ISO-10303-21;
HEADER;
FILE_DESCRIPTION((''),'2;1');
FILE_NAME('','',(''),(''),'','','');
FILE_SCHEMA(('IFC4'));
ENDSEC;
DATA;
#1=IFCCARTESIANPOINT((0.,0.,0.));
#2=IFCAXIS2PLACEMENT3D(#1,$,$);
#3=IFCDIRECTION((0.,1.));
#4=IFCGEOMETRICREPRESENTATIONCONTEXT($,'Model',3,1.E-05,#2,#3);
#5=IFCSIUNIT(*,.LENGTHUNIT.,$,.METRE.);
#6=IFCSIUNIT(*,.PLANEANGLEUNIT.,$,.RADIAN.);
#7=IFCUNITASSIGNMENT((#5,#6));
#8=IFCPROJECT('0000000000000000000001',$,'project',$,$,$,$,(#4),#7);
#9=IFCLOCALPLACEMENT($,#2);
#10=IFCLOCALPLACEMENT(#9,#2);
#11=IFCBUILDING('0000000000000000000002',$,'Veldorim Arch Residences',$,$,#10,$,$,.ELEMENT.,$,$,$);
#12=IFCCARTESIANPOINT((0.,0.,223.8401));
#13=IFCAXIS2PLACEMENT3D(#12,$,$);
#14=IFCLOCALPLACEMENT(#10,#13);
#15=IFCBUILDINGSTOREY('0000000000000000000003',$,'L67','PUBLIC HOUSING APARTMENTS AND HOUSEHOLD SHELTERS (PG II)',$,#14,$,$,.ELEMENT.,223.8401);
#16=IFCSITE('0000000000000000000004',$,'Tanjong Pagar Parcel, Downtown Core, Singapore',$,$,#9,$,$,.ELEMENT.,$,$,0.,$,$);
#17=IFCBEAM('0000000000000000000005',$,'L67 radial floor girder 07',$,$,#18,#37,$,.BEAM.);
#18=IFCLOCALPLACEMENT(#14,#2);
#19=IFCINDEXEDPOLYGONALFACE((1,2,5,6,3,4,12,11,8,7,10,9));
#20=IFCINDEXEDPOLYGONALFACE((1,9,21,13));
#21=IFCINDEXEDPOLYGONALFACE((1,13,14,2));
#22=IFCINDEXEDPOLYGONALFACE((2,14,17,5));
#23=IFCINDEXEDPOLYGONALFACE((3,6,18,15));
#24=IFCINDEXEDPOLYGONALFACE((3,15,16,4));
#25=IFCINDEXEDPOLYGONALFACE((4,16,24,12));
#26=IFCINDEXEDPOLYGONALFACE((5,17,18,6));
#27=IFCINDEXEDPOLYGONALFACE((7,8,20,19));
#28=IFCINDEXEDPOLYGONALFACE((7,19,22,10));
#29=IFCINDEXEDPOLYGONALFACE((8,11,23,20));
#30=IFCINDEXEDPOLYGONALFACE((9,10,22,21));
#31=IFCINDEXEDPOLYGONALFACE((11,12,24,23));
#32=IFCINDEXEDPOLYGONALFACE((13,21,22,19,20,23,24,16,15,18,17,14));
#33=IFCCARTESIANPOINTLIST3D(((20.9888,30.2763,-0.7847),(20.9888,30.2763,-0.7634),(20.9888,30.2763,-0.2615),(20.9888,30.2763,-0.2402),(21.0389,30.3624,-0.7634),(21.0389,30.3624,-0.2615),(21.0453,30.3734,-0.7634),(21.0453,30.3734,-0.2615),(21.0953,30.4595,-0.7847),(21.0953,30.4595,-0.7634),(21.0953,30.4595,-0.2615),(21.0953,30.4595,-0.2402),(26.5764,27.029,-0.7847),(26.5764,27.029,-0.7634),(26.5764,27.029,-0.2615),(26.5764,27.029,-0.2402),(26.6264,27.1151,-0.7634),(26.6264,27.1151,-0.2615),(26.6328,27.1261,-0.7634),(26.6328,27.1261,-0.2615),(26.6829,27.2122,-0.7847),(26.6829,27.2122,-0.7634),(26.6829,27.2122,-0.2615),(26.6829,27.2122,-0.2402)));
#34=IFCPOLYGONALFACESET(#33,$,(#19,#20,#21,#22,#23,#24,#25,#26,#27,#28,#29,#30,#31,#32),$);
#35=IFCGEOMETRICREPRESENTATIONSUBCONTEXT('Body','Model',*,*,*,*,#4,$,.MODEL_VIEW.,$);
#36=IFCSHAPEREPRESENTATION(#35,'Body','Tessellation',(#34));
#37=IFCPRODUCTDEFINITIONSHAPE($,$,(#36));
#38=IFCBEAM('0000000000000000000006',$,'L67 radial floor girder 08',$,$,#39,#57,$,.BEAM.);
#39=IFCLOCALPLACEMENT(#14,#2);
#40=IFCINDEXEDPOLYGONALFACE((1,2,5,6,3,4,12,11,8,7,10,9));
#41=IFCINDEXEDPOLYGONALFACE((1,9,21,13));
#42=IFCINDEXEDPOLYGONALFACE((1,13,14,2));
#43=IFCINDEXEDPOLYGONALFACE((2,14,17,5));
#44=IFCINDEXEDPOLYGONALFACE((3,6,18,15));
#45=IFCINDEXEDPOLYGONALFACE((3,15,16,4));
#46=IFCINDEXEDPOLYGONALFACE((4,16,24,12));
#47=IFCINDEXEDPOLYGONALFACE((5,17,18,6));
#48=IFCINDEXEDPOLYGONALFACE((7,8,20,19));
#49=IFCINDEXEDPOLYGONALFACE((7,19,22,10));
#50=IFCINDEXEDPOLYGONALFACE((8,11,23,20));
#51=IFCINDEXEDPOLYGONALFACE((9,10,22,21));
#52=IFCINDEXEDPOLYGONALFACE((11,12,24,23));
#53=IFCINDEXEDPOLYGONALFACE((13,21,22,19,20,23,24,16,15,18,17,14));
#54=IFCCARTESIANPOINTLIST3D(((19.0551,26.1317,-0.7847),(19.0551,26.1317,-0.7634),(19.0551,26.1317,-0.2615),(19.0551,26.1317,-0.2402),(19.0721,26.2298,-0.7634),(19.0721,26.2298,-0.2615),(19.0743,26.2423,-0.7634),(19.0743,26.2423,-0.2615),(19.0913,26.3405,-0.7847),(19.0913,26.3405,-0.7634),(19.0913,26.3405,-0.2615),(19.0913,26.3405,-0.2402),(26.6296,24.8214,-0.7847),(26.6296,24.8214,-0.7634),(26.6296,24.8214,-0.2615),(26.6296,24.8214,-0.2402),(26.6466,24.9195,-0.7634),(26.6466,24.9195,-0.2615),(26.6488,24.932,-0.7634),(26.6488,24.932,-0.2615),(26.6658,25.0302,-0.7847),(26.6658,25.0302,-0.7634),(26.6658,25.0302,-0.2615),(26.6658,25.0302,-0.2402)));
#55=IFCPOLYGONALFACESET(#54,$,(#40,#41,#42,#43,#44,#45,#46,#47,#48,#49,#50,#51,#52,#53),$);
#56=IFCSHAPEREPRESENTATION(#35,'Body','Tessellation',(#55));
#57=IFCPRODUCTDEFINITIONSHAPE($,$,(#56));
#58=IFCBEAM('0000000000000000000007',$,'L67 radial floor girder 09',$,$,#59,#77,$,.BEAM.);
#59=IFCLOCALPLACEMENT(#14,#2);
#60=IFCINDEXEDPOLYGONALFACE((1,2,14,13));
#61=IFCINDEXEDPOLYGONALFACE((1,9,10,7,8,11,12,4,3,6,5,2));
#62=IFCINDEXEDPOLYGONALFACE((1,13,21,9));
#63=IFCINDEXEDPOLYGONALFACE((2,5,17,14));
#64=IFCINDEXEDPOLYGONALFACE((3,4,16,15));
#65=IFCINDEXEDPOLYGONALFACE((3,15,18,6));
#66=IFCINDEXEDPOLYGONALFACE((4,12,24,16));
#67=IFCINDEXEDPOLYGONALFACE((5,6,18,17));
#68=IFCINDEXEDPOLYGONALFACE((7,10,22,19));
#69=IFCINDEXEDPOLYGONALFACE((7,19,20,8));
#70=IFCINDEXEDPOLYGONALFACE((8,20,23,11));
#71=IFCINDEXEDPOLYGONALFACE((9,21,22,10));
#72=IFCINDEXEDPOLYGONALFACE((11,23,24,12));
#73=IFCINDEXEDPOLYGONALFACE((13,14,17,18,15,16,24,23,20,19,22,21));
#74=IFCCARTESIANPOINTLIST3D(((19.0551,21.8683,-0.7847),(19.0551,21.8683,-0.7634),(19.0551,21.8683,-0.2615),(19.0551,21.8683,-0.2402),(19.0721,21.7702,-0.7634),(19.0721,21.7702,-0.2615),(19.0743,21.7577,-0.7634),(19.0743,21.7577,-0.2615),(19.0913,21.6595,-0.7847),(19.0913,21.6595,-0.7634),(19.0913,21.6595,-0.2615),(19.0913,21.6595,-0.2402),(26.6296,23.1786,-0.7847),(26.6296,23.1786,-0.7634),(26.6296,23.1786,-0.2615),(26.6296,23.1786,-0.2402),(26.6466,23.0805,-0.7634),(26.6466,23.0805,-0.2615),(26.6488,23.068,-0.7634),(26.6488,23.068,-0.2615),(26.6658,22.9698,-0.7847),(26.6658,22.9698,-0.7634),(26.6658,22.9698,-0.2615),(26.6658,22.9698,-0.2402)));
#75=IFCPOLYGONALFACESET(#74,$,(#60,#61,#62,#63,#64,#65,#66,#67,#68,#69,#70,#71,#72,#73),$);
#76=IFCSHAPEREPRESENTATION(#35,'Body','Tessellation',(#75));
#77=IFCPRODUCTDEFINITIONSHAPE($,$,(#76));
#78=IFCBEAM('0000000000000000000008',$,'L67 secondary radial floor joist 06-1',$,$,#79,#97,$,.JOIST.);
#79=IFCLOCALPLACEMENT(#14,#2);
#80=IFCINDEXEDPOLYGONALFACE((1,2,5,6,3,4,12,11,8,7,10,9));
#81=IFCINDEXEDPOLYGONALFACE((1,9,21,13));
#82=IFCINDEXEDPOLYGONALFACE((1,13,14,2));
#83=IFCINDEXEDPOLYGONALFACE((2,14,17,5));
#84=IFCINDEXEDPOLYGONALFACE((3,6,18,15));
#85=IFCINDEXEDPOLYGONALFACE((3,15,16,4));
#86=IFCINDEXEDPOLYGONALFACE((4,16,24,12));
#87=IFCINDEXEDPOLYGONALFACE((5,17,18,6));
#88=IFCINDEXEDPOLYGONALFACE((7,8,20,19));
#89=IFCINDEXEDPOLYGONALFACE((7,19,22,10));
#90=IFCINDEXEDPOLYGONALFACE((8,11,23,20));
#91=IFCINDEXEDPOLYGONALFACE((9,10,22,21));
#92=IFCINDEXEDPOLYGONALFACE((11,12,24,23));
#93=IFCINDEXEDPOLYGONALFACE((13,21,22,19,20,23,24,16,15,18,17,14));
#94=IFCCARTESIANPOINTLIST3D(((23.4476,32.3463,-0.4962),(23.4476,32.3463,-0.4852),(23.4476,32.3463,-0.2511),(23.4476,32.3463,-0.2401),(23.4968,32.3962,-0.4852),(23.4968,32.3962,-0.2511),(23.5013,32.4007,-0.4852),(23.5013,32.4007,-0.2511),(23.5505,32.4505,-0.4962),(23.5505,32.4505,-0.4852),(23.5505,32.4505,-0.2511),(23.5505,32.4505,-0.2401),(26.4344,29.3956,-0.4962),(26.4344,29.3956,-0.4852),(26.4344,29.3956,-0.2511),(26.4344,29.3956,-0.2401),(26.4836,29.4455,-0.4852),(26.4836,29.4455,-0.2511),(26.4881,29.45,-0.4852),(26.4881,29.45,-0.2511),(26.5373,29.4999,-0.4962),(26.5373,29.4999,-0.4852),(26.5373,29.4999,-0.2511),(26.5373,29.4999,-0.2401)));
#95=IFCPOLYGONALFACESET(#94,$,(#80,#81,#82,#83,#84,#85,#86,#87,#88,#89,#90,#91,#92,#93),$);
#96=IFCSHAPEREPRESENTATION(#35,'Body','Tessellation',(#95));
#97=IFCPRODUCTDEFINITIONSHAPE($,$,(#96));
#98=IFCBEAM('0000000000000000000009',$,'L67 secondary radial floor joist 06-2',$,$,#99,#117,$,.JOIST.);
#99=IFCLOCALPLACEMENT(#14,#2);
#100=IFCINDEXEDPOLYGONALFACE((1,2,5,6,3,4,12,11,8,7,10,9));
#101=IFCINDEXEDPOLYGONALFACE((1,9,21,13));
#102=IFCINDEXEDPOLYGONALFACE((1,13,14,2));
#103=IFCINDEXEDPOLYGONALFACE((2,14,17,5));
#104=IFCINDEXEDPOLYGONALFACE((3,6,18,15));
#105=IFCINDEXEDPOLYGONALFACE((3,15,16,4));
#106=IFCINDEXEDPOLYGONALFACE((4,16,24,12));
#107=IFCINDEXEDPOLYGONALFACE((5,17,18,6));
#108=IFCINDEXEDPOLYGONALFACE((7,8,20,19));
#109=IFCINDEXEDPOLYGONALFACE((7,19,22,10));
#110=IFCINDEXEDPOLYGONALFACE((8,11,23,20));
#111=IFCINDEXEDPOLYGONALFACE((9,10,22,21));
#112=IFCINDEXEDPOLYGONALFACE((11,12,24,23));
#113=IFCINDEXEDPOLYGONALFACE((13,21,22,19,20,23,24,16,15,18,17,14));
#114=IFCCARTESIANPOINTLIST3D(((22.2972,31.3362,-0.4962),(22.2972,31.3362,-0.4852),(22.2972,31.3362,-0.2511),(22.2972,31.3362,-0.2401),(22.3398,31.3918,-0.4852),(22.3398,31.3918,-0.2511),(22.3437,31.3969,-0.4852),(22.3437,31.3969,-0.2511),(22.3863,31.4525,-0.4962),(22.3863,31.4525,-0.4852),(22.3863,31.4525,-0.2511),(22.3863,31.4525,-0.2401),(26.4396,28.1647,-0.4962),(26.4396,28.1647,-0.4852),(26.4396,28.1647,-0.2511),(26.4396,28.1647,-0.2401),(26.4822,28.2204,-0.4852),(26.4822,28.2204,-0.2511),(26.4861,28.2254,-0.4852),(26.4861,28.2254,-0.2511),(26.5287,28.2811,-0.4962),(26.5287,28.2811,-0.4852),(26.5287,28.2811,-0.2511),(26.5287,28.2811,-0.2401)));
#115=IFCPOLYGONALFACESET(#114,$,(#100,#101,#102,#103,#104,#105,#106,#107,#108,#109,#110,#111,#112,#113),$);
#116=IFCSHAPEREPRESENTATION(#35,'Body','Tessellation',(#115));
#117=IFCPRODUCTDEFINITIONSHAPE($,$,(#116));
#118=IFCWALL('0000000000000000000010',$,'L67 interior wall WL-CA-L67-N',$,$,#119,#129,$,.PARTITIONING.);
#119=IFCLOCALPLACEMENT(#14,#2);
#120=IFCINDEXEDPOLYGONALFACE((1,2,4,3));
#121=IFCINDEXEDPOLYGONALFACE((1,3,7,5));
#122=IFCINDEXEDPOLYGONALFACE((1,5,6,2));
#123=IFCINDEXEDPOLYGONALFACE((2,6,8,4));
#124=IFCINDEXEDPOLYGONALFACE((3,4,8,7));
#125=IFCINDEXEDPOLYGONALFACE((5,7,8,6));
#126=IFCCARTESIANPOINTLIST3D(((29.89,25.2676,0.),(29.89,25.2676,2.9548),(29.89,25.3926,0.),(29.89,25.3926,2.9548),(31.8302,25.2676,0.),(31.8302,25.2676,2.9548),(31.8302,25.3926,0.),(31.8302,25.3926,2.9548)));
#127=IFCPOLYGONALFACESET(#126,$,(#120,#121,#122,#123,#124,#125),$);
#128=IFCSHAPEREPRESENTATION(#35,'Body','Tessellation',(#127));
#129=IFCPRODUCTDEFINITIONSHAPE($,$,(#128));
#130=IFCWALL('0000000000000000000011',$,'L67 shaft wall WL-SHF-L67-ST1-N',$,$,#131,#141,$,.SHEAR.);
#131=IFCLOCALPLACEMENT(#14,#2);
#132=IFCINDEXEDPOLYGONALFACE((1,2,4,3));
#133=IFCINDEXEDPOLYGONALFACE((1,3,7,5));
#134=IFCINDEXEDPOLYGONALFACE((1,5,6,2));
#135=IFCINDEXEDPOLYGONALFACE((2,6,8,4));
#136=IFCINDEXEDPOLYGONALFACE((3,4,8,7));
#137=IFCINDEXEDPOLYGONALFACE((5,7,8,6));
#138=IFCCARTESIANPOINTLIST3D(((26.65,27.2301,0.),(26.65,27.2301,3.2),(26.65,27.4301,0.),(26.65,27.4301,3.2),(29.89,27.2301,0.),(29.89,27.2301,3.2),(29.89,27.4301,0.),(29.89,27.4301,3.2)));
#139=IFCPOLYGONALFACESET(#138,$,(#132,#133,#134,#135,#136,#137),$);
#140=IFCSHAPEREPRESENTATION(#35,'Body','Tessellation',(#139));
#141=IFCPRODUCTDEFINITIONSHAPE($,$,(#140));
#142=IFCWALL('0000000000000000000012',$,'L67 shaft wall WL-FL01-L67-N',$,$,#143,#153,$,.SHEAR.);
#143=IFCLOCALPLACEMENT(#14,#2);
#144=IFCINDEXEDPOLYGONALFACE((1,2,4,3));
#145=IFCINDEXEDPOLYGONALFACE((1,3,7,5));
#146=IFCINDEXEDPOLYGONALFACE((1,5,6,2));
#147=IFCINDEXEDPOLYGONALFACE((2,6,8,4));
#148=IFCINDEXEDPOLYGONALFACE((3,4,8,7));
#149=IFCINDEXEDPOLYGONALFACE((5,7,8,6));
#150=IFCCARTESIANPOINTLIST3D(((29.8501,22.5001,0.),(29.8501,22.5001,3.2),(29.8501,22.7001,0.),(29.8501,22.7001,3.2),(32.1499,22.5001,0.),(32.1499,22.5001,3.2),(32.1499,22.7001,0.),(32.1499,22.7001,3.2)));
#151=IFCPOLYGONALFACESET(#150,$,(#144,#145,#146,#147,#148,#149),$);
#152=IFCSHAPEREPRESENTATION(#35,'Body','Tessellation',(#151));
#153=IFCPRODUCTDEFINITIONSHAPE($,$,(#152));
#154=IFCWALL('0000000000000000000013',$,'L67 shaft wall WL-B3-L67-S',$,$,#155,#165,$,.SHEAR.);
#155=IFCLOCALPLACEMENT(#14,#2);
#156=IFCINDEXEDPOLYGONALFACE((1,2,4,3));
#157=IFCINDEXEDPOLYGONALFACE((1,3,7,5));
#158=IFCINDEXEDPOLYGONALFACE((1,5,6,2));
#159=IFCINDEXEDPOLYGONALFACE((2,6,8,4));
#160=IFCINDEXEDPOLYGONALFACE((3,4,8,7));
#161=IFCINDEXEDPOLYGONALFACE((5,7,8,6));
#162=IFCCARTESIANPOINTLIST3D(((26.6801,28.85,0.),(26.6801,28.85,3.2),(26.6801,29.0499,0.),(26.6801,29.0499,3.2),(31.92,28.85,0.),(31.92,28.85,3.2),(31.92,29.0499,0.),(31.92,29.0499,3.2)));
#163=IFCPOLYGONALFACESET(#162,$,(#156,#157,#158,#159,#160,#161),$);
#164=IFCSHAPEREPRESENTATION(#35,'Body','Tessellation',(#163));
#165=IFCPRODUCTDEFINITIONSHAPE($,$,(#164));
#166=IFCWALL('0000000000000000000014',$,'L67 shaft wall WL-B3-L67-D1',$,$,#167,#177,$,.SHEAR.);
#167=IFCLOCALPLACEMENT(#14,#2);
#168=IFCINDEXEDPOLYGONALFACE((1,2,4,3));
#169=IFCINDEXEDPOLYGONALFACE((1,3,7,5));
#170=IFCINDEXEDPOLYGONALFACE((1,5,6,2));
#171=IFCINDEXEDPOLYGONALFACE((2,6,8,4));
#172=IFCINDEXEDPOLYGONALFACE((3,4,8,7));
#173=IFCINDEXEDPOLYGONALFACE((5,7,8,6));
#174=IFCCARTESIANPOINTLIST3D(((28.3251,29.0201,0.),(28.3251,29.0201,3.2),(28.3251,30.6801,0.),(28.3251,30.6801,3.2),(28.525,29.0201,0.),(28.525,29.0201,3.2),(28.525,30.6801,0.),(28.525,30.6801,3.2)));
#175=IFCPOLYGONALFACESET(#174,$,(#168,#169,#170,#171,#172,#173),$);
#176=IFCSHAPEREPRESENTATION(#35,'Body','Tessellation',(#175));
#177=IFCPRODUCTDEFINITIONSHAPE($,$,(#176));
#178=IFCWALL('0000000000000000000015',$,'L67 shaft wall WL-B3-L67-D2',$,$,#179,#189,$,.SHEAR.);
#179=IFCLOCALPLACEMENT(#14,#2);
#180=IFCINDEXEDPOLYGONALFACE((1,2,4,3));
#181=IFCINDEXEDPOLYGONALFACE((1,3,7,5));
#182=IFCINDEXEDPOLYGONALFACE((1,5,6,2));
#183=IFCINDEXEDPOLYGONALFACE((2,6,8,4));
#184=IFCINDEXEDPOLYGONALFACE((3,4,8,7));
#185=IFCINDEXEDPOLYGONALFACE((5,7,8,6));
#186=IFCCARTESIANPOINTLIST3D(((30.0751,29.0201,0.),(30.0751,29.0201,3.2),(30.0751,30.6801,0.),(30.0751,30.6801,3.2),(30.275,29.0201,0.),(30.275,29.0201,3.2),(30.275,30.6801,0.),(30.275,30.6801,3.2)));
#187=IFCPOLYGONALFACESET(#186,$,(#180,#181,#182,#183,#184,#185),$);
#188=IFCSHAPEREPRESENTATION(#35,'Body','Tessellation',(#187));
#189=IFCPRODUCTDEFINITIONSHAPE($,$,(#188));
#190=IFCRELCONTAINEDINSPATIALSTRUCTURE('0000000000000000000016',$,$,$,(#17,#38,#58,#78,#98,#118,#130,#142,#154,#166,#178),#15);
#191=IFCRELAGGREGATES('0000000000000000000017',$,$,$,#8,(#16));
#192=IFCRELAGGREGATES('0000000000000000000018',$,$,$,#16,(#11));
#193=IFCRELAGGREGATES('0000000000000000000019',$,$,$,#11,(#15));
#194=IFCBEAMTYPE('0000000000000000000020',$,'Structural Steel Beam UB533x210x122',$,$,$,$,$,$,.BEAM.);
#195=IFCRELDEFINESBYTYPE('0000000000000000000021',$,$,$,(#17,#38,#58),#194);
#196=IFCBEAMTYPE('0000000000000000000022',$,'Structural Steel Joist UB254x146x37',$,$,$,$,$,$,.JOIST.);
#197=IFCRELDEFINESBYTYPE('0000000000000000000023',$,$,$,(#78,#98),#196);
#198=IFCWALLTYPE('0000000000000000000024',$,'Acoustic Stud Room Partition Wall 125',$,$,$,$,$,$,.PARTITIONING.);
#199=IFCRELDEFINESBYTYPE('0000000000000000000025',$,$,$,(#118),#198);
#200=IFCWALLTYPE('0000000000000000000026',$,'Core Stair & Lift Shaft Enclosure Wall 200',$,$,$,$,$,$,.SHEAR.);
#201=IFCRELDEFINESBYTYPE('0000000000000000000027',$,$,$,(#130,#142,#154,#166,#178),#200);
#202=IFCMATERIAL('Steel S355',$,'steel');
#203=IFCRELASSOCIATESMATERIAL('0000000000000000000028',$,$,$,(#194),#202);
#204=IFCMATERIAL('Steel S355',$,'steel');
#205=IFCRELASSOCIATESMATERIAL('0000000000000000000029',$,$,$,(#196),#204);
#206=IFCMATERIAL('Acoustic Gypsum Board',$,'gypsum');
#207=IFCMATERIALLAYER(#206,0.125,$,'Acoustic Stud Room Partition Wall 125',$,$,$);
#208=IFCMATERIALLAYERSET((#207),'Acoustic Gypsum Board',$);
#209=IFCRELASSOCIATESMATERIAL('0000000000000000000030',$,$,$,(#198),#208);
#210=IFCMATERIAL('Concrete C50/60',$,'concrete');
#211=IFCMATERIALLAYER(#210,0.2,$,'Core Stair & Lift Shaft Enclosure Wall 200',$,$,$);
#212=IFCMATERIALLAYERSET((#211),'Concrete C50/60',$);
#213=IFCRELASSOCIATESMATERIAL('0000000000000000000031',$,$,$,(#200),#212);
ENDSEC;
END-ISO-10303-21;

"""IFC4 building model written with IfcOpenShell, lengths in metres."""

from ifc_helpers import new_model, si_unit, direction, frame, frame_2d, origin, origin_2d, place, context, subcontext, project, spatial, rectangle, i_section, extrude, material, layer, layer_set, material_profile, profile_set, type_object, element, save


model = new_model("IFC4")

# Units and contexts
model_context = context("Model", 3, precision=1e-05, world=origin(), true_north=direction((0.0, 1.0)))
body_context = subcontext(model_context, "Body", "Model", "MODEL_VIEW")
ifc_project = project(units=[si_unit("LENGTHUNIT", "METRE"), si_unit("PLANEANGLEUNIT", "RADIAN")], contexts=[model_context])

# Site, building, storey
site_placement = place(None, origin())
site = spatial("IfcSite", under=ifc_project, at=site_placement, Name="Tanjong Pagar Parcel, Downtown Core, Singapore", CompositionType="ELEMENT", RefElevation=0.0)
building_placement = place(site_placement, origin())
building = spatial("IfcBuilding", under=site, at=building_placement, Name="Veldorim Arch Residences", CompositionType="ELEMENT")
storey_placement = place(building_placement, frame((0.0, 0.0, 223.8401)))
storey = spatial("IfcBuildingStorey", under=building, at=storey_placement, Name="L67", Description="PUBLIC HOUSING APARTMENTS AND HOUSEHOLD SHELTERS (PG II)", CompositionType="ELEMENT", Elevation=223.8401)

# Beams
ifc_material_1 = material(Name="Steel S355", Category="steel")
ifc_material_profile_1 = material_profile(ifc_material_1, i_section(OverallWidth=0.2119, OverallDepth=0.5444, WebThickness=0.0127, FlangeThickness=0.0212, at=origin_2d()), Name="UB533x210x122")
ifc_profile_set_1 = profile_set([ifc_material_profile_1], Name="Steel S355")
beam_type_1 = type_object("IfcBeamType", Name="Structural Steel Beam UB533x210x122", PredefinedType="BEAM", material=ifc_profile_set_1)
beam_1_placement = place(storey_placement, frame((26.6296, 27.1206, -0.5125), z_axis=(-0.864596, 0.502468, 0.0), x_axis=(-0.502468, -0.864596, 0.0)))
element("IfcBeam", 1, at=beam_1_placement, inside=storey, type_object=beam_type_1, Name="L67 radial floor girder 07", PredefinedType="BEAM", context=body_context, shape_type="SweptSolid", body=[
    extrude(i_section(OverallWidth=0.2119, OverallDepth=0.5444, WebThickness=0.0127, FlangeThickness=0.0212, at=origin_2d()), origin(), (0.0, 0.0, 1.0), 6.4626),
])
for number, where, z_axis, x_axis, name in (
    (2, (26.6477, 24.9258, -0.5125), (-0.985365, 0.170458, 0.0), (-0.170458, -0.985365, 0.0), "L67 radial floor girder 08"),
    (3, (26.6477, 23.0742, -0.5125), (-0.985365, -0.170458, 0.0), (0.170458, -0.985365, 0.0), "L67 radial floor girder 09"),
):
    element("IfcBeam", number, at=place(storey_placement, frame(where, z_axis=z_axis, x_axis=x_axis)), inside=storey, type_object=beam_type_1, Name=name, PredefinedType="BEAM", context=body_context, shape_type="SweptSolid", body=[
        extrude(i_section(OverallWidth=0.2119, OverallDepth=0.5444, WebThickness=0.0127, FlangeThickness=0.0212, at=origin_2d()), origin(), (0.0, 0.0, 1.0), 7.687),
    ])
ifc_material_2 = material(Name="Steel S355", Category="steel")
ifc_material_profile_2 = material_profile(ifc_material_2, i_section(OverallWidth=0.1465, OverallDepth=0.2561, WebThickness=0.0063, FlangeThickness=0.011, at=origin_2d()), Name="UB254x146x37")
ifc_profile_set_2 = profile_set([ifc_material_profile_2], Name="Steel S355")
beam_type_2 = type_object("IfcBeamType", Name="Structural Steel Joist UB254x146x37", PredefinedType="JOIST", material=ifc_profile_set_2)
beam_2_placement = place(storey_placement, frame((26.4858, 29.4478, -0.3682), z_axis=(-0.711397, 0.702791, 0.0), x_axis=(-0.702791, -0.711397, 0.0)))
element("IfcBeam", 4, at=beam_2_placement, inside=storey, type_object=beam_type_2, Name="L67 secondary radial floor joist 06-1", PredefinedType="JOIST", context=body_context, shape_type="SweptSolid", body=[
    extrude(i_section(OverallWidth=0.1465, OverallDepth=0.2561, WebThickness=0.0063, FlangeThickness=0.011, at=origin_2d()), origin(), (0.0, 0.0, 1.0), 4.1985),
])
beam_3_placement = place(storey_placement, frame((26.4841, 28.2229, -0.3682), z_axis=(-0.794014, 0.6079, 0.0), x_axis=(-0.6079, -0.794014, 0.0)))
element("IfcBeam", 5, at=beam_3_placement, inside=storey, type_object=beam_type_2, Name="L67 secondary radial floor joist 06-2", PredefinedType="JOIST", context=body_context, shape_type="SweptSolid", body=[
    extrude(i_section(OverallWidth=0.1465, OverallDepth=0.2561, WebThickness=0.0063, FlangeThickness=0.011, at=origin_2d()), origin(), (0.0, 0.0, 1.0), 5.217),
])

# Walls
ifc_material_3 = material(Name="Acoustic Gypsum Board", Category="gypsum")
ifc_layer_1 = layer(ifc_material_3, 0.125, Name="Acoustic Stud Room Partition Wall 125")
ifc_layer_set_1 = layer_set([ifc_layer_1], Name="Acoustic Gypsum Board")
wall_type_1 = type_object("IfcWallType", Name="Acoustic Stud Room Partition Wall 125", PredefinedType="PARTITIONING", material=ifc_layer_set_1)
wall_1_placement = place(storey_placement, frame((29.8899, 25.3301, 0.0), z_axis=(0.0, 0.0, 1.0), x_axis=(1.0, 0.0, 0.0)))
element("IfcWall", 6, at=wall_1_placement, inside=storey, type_object=wall_type_1, Name="L67 interior wall WL-CA-L67-N", PredefinedType="PARTITIONING", context=body_context, shape_type="SweptSolid", body=[
    extrude(rectangle(XDim=1.9402, YDim=0.125, at=frame_2d((0.9702, 0.0))), origin(), (0.0, 0.0, 1.0), 2.9548),
])
ifc_material_4 = material(Name="Concrete C50/60", Category="concrete")
ifc_layer_2 = layer(ifc_material_4, 0.2, Name="Core Stair & Lift Shaft Enclosure Wall 200")
ifc_layer_set_2 = layer_set([ifc_layer_2], Name="Concrete C50/60")
wall_type_2 = type_object("IfcWallType", Name="Core Stair & Lift Shaft Enclosure Wall 200", PredefinedType="SHEAR", material=ifc_layer_set_2)
wall_2_placement = place(storey_placement, frame((26.6499, 27.3301, 0.0), z_axis=(0.0, 0.0, 1.0), x_axis=(1.0, 0.0, 0.0)))
element("IfcWall", 7, at=wall_2_placement, inside=storey, type_object=wall_type_2, Name="L67 shaft wall WL-SHF-L67-ST1-N", PredefinedType="SHEAR", context=body_context, shape_type="SweptSolid", body=[
    extrude(rectangle(XDim=3.24, YDim=0.2, at=frame_2d((1.6201, 0.0))), origin(), (0.0, 0.0, 1.0), 3.2),
])
wall_3_placement = place(storey_placement, frame((29.8501, 22.6001, 0.0), z_axis=(0.0, 0.0, 1.0), x_axis=(1.0, 0.0, 0.0)))
element("IfcWall", 8, at=wall_3_placement, inside=storey, type_object=wall_type_2, Name="L67 shaft wall WL-FL01-L67-N", PredefinedType="SHEAR", context=body_context, shape_type="SweptSolid", body=[
    extrude(rectangle(XDim=2.2998, YDim=0.2, at=frame_2d((1.1499, 0.0))), origin(), (0.0, 0.0, 1.0), 3.2),
])
wall_4_placement = place(storey_placement, frame((26.6799, 28.95, 0.0), z_axis=(0.0, 0.0, 1.0), x_axis=(1.0, 0.0, 0.0)))
element("IfcWall", 9, at=wall_4_placement, inside=storey, type_object=wall_type_2, Name="L67 shaft wall WL-B3-L67-S", PredefinedType="SHEAR", context=body_context, shape_type="SweptSolid", body=[
    extrude(rectangle(XDim=5.24, YDim=0.2, at=frame_2d((2.6201, 0.0))), origin(), (0.0, 0.0, 1.0), 3.2),
])
for number, where, z_axis, x_axis, name in (
    (10, (28.425, 29.02, 0.0), (0.0, 0.0, 1.0), (0.0, 1.0, 0.0), "L67 shaft wall WL-B3-L67-D1"),
    (11, (30.175, 29.02, 0.0), (0.0, 0.0, 1.0), (0.0, 1.0, 0.0), "L67 shaft wall WL-B3-L67-D2"),
):
    element("IfcWall", number, at=place(storey_placement, frame(where, z_axis=z_axis, x_axis=x_axis)), inside=storey, type_object=wall_type_2, Name=name, PredefinedType="SHEAR", context=body_context, shape_type="SweptSolid", body=[
        extrude(rectangle(XDim=1.6599, YDim=0.2, at=frame_2d((0.8301, 0.0))), origin(), (0.0, 0.0, 1.0), 3.2),
    ])

save(model, "model.ifc")
